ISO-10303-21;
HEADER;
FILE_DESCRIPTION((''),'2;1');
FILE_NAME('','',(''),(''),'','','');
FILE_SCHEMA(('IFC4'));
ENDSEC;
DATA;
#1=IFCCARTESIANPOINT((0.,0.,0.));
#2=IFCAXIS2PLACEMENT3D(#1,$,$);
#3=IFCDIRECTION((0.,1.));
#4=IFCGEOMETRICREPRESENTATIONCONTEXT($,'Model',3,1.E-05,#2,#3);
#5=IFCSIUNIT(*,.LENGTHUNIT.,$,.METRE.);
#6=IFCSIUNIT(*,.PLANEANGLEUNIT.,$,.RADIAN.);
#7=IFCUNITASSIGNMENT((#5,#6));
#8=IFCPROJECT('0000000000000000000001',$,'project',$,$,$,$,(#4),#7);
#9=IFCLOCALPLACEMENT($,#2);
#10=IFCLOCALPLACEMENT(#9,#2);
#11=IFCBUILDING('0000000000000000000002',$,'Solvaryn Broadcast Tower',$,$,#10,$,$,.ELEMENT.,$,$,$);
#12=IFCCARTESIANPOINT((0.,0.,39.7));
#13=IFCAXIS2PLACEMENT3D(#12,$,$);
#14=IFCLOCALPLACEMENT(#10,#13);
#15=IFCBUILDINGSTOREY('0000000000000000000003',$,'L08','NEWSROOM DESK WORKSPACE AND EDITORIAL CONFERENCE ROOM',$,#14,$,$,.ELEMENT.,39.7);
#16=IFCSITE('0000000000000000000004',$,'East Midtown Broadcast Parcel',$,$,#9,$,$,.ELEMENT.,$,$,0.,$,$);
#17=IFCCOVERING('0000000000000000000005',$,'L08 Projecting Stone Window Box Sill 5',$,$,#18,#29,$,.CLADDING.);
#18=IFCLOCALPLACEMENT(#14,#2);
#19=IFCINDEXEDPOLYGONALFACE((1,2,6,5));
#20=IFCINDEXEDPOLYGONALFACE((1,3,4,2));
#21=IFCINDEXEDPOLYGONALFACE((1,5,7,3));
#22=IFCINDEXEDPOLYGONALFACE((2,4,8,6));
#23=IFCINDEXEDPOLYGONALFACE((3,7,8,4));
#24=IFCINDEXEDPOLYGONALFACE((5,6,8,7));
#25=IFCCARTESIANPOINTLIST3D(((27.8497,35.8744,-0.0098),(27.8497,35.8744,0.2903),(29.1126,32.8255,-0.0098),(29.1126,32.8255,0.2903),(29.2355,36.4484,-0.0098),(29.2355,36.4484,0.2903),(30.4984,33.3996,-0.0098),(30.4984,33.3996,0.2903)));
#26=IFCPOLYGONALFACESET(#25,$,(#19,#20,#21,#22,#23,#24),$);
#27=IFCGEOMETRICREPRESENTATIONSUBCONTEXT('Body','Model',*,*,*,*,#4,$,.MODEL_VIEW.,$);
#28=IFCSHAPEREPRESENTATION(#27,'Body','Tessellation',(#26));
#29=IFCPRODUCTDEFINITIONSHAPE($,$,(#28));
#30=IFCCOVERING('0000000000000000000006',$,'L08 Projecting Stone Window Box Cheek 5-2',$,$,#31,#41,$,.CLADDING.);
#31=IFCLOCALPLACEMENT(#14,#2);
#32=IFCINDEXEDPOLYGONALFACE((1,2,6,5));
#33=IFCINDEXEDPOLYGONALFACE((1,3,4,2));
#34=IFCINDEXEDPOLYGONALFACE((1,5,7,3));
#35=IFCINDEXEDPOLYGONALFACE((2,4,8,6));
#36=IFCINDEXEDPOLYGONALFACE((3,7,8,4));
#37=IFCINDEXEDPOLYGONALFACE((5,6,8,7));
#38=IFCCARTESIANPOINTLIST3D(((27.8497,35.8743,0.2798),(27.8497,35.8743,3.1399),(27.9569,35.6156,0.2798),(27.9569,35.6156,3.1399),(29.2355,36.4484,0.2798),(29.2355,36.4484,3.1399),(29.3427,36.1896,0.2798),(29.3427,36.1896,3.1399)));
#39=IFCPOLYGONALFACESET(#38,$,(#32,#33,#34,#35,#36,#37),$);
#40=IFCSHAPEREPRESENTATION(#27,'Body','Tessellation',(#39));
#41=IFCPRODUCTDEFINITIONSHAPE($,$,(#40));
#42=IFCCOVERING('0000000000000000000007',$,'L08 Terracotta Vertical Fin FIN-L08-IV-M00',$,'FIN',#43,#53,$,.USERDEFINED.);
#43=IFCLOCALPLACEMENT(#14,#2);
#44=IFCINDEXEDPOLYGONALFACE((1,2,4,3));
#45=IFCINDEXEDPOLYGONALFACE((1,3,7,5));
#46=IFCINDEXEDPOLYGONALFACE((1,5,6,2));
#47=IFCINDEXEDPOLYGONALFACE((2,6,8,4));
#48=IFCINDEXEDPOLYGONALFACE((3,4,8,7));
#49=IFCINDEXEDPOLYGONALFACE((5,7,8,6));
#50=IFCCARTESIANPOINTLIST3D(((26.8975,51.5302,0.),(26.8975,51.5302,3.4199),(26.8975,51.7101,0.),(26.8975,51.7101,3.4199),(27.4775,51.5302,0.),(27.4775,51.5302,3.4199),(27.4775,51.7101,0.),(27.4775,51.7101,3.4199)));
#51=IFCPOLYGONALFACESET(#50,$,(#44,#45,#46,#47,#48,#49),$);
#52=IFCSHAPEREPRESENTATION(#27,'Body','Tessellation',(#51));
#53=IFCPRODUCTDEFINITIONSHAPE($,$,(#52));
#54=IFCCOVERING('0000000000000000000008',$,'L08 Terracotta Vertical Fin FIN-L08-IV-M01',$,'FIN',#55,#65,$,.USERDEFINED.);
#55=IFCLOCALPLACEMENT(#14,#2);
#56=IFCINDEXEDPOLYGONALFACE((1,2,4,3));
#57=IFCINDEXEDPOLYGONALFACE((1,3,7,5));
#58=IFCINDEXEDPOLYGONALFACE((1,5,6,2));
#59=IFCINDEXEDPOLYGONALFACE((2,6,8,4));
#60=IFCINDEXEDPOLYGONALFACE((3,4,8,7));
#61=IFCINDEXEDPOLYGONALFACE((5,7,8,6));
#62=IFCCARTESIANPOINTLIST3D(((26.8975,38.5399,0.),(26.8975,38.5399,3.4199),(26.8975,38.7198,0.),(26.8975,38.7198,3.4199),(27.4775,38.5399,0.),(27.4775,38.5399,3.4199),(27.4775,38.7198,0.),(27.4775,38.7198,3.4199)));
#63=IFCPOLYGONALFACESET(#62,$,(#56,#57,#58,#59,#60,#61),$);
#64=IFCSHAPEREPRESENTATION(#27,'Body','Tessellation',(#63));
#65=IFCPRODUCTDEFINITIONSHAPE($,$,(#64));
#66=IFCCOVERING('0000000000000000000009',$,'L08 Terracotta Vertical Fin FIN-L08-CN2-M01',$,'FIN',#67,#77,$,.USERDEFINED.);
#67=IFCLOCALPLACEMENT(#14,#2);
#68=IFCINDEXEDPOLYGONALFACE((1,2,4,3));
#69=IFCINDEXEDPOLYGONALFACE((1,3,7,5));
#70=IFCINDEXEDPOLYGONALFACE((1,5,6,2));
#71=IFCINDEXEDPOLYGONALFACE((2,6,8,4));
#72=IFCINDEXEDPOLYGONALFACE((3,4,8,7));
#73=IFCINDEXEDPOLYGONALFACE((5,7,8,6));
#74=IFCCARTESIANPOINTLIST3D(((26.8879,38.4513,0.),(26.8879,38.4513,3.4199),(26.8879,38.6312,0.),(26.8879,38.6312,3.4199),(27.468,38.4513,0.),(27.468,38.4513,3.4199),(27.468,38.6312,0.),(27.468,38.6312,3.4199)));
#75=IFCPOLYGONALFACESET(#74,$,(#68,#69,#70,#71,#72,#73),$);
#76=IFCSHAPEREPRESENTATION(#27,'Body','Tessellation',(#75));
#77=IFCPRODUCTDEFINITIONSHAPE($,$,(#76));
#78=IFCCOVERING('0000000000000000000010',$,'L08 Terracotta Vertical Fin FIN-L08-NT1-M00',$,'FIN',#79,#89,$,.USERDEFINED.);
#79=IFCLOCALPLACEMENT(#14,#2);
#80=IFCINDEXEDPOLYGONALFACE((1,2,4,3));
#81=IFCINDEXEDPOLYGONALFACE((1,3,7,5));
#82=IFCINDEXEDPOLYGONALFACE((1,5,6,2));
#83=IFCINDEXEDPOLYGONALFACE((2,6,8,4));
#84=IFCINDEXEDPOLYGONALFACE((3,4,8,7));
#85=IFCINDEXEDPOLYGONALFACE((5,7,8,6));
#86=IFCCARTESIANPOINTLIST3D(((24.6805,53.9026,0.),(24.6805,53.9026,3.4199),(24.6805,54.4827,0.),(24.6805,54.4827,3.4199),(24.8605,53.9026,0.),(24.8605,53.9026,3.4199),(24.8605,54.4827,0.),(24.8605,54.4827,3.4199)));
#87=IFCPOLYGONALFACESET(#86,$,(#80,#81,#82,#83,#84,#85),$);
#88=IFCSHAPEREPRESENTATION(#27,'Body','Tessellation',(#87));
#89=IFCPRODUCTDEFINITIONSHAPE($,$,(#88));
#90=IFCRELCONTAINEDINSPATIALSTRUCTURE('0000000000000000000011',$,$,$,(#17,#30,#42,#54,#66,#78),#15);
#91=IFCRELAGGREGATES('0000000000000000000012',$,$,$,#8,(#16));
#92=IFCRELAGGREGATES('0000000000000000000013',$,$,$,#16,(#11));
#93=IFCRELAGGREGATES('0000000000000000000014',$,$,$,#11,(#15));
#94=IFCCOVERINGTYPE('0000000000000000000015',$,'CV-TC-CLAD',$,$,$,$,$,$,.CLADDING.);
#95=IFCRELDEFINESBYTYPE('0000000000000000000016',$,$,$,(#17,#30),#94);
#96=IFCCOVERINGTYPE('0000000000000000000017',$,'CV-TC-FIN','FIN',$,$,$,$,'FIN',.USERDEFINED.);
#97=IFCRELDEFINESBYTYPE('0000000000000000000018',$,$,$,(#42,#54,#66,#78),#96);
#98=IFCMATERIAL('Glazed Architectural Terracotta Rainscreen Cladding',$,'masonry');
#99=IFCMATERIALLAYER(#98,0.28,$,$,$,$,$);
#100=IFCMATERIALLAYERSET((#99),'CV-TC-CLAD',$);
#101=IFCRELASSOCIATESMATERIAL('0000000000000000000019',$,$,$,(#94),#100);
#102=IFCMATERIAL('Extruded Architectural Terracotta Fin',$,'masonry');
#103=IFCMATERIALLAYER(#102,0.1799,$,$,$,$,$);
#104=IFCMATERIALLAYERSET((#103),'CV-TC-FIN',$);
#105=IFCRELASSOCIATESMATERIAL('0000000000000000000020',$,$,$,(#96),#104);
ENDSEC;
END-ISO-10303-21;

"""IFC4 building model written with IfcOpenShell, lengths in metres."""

from ifc_helpers import new_model, si_unit, direction, frame, origin, origin_2d, place, context, subcontext, project, spatial, rectangle, extrude, material, layer, layer_set, type_object, element, save


model = new_model("IFC4")

# Units and contexts
model_context = context("Model", 3, precision=1e-05, world=origin(), true_north=direction((0.0, 1.0)))
body_context = subcontext(model_context, "Body", "Model", "MODEL_VIEW")
ifc_project = project(units=[si_unit("LENGTHUNIT", "METRE"), si_unit("PLANEANGLEUNIT", "RADIAN")], contexts=[model_context])

# Site, building, storey
site_placement = place(None, origin())
site = spatial("IfcSite", under=ifc_project, at=site_placement, Name="East Midtown Broadcast Parcel", CompositionType="ELEMENT", RefElevation=0.0)
building_placement = place(site_placement, origin())
building = spatial("IfcBuilding", under=site, at=building_placement, Name="Solvaryn Broadcast Tower", CompositionType="ELEMENT")
storey_placement = place(building_placement, frame((0.0, 0.0, 39.7)))
storey = spatial("IfcBuildingStorey", under=building, at=storey_placement, Name="L08", Description="NEWSROOM DESK WORKSPACE AND EDITORIAL CONFERENCE ROOM", CompositionType="ELEMENT", Elevation=39.7)

# Coverings
ifc_material_1 = material(Name="Glazed Architectural Terracotta Rainscreen Cladding", Category="masonry")
ifc_layer_1 = layer(ifc_material_1, 0.28)
ifc_layer_set_1 = layer_set([ifc_layer_1], Name="CV-TC-CLAD")
covering_type_1 = type_object("IfcCoveringType", Name="CV-TC-CLAD", PredefinedType="CLADDING", material=ifc_layer_set_1)
covering_1_placement = place(storey_placement, frame((29.1741, 34.637, -0.0098), z_axis=(0.0, 0.0, 1.0), x_axis=(-0.382683, 0.92388, 0.0)))
element("IfcCovering", 1, at=covering_1_placement, inside=storey, type_object=covering_type_1, Name="L08 Projecting Stone Window Box Sill 5", PredefinedType="CLADDING", context=body_context, shape_type="SweptSolid", body=[
    extrude(rectangle(XDim=3.3, YDim=1.5, at=origin_2d()), origin(), (0.0, 0.0, 1.0), 0.3),
])
covering_2_placement = place(storey_placement, frame((28.5962, 36.032, 0.2798), z_axis=(0.0, 0.0, 1.0), x_axis=(-0.382683, 0.92388, 0.0)))
element("IfcCovering", 2, at=covering_2_placement, inside=storey, type_object=covering_type_1, Name="L08 Projecting Stone Window Box Cheek 5-2", PredefinedType="CLADDING", context=body_context, shape_type="SweptSolid", body=[
    extrude(rectangle(XDim=0.28, YDim=1.5, at=origin_2d()), origin(), (0.0, 0.0, 1.0), 2.8601),
])
ifc_material_2 = material(Name="Extruded Architectural Terracotta Fin", Category="masonry")
ifc_layer_2 = layer(ifc_material_2, 0.1799)
ifc_layer_set_2 = layer_set([ifc_layer_2], Name="CV-TC-FIN")
covering_type_2 = type_object("IfcCoveringType", Name="CV-TC-FIN", Description="FIN", ElementType="FIN", PredefinedType="USERDEFINED", material=ifc_layer_set_2)
for number, where, z_axis, x_axis, name in (
    (3, (27.1875, 51.6201, 0.0), (0.0, 0.0, 1.0), (1.0, 0.0, 0.0), "L08 Terracotta Vertical Fin FIN-L08-IV-M00"),
    (4, (27.1875, 38.6299, 0.0), (0.0, 0.0, 1.0), (1.0, 0.0, 0.0), "L08 Terracotta Vertical Fin FIN-L08-IV-M01"),
    (5, (27.178, 38.5413, 0.0), (0.0, 0.0, 1.0), (1.0, 0.0, 0.0), "L08 Terracotta Vertical Fin FIN-L08-CN2-M01"),
):
    element("IfcCovering", number, at=place(storey_placement, frame(where, z_axis=z_axis, x_axis=x_axis)), inside=storey, type_object=covering_type_2, Name=name, ObjectType="FIN", PredefinedType="USERDEFINED", context=body_context, shape_type="SweptSolid", body=[
        extrude(rectangle(XDim=0.5801, YDim=0.1799, at=origin_2d()), origin(), (0.0, 0.0, 1.0), 3.4199),
    ])
covering_3_placement = place(storey_placement, frame((24.7705, 54.1926, 0.0), z_axis=(0.0, 0.0, 1.0), x_axis=(1.0, 0.0, 0.0)))
element("IfcCovering", 6, at=covering_3_placement, inside=storey, type_object=covering_type_2, Name="L08 Terracotta Vertical Fin FIN-L08-NT1-M00", ObjectType="FIN", PredefinedType="USERDEFINED", context=body_context, shape_type="SweptSolid", body=[
    extrude(rectangle(XDim=0.1799, YDim=0.5801, at=origin_2d()), origin(), (0.0, 0.0, 1.0), 3.4199),
])

save(model, "model.ifc")
